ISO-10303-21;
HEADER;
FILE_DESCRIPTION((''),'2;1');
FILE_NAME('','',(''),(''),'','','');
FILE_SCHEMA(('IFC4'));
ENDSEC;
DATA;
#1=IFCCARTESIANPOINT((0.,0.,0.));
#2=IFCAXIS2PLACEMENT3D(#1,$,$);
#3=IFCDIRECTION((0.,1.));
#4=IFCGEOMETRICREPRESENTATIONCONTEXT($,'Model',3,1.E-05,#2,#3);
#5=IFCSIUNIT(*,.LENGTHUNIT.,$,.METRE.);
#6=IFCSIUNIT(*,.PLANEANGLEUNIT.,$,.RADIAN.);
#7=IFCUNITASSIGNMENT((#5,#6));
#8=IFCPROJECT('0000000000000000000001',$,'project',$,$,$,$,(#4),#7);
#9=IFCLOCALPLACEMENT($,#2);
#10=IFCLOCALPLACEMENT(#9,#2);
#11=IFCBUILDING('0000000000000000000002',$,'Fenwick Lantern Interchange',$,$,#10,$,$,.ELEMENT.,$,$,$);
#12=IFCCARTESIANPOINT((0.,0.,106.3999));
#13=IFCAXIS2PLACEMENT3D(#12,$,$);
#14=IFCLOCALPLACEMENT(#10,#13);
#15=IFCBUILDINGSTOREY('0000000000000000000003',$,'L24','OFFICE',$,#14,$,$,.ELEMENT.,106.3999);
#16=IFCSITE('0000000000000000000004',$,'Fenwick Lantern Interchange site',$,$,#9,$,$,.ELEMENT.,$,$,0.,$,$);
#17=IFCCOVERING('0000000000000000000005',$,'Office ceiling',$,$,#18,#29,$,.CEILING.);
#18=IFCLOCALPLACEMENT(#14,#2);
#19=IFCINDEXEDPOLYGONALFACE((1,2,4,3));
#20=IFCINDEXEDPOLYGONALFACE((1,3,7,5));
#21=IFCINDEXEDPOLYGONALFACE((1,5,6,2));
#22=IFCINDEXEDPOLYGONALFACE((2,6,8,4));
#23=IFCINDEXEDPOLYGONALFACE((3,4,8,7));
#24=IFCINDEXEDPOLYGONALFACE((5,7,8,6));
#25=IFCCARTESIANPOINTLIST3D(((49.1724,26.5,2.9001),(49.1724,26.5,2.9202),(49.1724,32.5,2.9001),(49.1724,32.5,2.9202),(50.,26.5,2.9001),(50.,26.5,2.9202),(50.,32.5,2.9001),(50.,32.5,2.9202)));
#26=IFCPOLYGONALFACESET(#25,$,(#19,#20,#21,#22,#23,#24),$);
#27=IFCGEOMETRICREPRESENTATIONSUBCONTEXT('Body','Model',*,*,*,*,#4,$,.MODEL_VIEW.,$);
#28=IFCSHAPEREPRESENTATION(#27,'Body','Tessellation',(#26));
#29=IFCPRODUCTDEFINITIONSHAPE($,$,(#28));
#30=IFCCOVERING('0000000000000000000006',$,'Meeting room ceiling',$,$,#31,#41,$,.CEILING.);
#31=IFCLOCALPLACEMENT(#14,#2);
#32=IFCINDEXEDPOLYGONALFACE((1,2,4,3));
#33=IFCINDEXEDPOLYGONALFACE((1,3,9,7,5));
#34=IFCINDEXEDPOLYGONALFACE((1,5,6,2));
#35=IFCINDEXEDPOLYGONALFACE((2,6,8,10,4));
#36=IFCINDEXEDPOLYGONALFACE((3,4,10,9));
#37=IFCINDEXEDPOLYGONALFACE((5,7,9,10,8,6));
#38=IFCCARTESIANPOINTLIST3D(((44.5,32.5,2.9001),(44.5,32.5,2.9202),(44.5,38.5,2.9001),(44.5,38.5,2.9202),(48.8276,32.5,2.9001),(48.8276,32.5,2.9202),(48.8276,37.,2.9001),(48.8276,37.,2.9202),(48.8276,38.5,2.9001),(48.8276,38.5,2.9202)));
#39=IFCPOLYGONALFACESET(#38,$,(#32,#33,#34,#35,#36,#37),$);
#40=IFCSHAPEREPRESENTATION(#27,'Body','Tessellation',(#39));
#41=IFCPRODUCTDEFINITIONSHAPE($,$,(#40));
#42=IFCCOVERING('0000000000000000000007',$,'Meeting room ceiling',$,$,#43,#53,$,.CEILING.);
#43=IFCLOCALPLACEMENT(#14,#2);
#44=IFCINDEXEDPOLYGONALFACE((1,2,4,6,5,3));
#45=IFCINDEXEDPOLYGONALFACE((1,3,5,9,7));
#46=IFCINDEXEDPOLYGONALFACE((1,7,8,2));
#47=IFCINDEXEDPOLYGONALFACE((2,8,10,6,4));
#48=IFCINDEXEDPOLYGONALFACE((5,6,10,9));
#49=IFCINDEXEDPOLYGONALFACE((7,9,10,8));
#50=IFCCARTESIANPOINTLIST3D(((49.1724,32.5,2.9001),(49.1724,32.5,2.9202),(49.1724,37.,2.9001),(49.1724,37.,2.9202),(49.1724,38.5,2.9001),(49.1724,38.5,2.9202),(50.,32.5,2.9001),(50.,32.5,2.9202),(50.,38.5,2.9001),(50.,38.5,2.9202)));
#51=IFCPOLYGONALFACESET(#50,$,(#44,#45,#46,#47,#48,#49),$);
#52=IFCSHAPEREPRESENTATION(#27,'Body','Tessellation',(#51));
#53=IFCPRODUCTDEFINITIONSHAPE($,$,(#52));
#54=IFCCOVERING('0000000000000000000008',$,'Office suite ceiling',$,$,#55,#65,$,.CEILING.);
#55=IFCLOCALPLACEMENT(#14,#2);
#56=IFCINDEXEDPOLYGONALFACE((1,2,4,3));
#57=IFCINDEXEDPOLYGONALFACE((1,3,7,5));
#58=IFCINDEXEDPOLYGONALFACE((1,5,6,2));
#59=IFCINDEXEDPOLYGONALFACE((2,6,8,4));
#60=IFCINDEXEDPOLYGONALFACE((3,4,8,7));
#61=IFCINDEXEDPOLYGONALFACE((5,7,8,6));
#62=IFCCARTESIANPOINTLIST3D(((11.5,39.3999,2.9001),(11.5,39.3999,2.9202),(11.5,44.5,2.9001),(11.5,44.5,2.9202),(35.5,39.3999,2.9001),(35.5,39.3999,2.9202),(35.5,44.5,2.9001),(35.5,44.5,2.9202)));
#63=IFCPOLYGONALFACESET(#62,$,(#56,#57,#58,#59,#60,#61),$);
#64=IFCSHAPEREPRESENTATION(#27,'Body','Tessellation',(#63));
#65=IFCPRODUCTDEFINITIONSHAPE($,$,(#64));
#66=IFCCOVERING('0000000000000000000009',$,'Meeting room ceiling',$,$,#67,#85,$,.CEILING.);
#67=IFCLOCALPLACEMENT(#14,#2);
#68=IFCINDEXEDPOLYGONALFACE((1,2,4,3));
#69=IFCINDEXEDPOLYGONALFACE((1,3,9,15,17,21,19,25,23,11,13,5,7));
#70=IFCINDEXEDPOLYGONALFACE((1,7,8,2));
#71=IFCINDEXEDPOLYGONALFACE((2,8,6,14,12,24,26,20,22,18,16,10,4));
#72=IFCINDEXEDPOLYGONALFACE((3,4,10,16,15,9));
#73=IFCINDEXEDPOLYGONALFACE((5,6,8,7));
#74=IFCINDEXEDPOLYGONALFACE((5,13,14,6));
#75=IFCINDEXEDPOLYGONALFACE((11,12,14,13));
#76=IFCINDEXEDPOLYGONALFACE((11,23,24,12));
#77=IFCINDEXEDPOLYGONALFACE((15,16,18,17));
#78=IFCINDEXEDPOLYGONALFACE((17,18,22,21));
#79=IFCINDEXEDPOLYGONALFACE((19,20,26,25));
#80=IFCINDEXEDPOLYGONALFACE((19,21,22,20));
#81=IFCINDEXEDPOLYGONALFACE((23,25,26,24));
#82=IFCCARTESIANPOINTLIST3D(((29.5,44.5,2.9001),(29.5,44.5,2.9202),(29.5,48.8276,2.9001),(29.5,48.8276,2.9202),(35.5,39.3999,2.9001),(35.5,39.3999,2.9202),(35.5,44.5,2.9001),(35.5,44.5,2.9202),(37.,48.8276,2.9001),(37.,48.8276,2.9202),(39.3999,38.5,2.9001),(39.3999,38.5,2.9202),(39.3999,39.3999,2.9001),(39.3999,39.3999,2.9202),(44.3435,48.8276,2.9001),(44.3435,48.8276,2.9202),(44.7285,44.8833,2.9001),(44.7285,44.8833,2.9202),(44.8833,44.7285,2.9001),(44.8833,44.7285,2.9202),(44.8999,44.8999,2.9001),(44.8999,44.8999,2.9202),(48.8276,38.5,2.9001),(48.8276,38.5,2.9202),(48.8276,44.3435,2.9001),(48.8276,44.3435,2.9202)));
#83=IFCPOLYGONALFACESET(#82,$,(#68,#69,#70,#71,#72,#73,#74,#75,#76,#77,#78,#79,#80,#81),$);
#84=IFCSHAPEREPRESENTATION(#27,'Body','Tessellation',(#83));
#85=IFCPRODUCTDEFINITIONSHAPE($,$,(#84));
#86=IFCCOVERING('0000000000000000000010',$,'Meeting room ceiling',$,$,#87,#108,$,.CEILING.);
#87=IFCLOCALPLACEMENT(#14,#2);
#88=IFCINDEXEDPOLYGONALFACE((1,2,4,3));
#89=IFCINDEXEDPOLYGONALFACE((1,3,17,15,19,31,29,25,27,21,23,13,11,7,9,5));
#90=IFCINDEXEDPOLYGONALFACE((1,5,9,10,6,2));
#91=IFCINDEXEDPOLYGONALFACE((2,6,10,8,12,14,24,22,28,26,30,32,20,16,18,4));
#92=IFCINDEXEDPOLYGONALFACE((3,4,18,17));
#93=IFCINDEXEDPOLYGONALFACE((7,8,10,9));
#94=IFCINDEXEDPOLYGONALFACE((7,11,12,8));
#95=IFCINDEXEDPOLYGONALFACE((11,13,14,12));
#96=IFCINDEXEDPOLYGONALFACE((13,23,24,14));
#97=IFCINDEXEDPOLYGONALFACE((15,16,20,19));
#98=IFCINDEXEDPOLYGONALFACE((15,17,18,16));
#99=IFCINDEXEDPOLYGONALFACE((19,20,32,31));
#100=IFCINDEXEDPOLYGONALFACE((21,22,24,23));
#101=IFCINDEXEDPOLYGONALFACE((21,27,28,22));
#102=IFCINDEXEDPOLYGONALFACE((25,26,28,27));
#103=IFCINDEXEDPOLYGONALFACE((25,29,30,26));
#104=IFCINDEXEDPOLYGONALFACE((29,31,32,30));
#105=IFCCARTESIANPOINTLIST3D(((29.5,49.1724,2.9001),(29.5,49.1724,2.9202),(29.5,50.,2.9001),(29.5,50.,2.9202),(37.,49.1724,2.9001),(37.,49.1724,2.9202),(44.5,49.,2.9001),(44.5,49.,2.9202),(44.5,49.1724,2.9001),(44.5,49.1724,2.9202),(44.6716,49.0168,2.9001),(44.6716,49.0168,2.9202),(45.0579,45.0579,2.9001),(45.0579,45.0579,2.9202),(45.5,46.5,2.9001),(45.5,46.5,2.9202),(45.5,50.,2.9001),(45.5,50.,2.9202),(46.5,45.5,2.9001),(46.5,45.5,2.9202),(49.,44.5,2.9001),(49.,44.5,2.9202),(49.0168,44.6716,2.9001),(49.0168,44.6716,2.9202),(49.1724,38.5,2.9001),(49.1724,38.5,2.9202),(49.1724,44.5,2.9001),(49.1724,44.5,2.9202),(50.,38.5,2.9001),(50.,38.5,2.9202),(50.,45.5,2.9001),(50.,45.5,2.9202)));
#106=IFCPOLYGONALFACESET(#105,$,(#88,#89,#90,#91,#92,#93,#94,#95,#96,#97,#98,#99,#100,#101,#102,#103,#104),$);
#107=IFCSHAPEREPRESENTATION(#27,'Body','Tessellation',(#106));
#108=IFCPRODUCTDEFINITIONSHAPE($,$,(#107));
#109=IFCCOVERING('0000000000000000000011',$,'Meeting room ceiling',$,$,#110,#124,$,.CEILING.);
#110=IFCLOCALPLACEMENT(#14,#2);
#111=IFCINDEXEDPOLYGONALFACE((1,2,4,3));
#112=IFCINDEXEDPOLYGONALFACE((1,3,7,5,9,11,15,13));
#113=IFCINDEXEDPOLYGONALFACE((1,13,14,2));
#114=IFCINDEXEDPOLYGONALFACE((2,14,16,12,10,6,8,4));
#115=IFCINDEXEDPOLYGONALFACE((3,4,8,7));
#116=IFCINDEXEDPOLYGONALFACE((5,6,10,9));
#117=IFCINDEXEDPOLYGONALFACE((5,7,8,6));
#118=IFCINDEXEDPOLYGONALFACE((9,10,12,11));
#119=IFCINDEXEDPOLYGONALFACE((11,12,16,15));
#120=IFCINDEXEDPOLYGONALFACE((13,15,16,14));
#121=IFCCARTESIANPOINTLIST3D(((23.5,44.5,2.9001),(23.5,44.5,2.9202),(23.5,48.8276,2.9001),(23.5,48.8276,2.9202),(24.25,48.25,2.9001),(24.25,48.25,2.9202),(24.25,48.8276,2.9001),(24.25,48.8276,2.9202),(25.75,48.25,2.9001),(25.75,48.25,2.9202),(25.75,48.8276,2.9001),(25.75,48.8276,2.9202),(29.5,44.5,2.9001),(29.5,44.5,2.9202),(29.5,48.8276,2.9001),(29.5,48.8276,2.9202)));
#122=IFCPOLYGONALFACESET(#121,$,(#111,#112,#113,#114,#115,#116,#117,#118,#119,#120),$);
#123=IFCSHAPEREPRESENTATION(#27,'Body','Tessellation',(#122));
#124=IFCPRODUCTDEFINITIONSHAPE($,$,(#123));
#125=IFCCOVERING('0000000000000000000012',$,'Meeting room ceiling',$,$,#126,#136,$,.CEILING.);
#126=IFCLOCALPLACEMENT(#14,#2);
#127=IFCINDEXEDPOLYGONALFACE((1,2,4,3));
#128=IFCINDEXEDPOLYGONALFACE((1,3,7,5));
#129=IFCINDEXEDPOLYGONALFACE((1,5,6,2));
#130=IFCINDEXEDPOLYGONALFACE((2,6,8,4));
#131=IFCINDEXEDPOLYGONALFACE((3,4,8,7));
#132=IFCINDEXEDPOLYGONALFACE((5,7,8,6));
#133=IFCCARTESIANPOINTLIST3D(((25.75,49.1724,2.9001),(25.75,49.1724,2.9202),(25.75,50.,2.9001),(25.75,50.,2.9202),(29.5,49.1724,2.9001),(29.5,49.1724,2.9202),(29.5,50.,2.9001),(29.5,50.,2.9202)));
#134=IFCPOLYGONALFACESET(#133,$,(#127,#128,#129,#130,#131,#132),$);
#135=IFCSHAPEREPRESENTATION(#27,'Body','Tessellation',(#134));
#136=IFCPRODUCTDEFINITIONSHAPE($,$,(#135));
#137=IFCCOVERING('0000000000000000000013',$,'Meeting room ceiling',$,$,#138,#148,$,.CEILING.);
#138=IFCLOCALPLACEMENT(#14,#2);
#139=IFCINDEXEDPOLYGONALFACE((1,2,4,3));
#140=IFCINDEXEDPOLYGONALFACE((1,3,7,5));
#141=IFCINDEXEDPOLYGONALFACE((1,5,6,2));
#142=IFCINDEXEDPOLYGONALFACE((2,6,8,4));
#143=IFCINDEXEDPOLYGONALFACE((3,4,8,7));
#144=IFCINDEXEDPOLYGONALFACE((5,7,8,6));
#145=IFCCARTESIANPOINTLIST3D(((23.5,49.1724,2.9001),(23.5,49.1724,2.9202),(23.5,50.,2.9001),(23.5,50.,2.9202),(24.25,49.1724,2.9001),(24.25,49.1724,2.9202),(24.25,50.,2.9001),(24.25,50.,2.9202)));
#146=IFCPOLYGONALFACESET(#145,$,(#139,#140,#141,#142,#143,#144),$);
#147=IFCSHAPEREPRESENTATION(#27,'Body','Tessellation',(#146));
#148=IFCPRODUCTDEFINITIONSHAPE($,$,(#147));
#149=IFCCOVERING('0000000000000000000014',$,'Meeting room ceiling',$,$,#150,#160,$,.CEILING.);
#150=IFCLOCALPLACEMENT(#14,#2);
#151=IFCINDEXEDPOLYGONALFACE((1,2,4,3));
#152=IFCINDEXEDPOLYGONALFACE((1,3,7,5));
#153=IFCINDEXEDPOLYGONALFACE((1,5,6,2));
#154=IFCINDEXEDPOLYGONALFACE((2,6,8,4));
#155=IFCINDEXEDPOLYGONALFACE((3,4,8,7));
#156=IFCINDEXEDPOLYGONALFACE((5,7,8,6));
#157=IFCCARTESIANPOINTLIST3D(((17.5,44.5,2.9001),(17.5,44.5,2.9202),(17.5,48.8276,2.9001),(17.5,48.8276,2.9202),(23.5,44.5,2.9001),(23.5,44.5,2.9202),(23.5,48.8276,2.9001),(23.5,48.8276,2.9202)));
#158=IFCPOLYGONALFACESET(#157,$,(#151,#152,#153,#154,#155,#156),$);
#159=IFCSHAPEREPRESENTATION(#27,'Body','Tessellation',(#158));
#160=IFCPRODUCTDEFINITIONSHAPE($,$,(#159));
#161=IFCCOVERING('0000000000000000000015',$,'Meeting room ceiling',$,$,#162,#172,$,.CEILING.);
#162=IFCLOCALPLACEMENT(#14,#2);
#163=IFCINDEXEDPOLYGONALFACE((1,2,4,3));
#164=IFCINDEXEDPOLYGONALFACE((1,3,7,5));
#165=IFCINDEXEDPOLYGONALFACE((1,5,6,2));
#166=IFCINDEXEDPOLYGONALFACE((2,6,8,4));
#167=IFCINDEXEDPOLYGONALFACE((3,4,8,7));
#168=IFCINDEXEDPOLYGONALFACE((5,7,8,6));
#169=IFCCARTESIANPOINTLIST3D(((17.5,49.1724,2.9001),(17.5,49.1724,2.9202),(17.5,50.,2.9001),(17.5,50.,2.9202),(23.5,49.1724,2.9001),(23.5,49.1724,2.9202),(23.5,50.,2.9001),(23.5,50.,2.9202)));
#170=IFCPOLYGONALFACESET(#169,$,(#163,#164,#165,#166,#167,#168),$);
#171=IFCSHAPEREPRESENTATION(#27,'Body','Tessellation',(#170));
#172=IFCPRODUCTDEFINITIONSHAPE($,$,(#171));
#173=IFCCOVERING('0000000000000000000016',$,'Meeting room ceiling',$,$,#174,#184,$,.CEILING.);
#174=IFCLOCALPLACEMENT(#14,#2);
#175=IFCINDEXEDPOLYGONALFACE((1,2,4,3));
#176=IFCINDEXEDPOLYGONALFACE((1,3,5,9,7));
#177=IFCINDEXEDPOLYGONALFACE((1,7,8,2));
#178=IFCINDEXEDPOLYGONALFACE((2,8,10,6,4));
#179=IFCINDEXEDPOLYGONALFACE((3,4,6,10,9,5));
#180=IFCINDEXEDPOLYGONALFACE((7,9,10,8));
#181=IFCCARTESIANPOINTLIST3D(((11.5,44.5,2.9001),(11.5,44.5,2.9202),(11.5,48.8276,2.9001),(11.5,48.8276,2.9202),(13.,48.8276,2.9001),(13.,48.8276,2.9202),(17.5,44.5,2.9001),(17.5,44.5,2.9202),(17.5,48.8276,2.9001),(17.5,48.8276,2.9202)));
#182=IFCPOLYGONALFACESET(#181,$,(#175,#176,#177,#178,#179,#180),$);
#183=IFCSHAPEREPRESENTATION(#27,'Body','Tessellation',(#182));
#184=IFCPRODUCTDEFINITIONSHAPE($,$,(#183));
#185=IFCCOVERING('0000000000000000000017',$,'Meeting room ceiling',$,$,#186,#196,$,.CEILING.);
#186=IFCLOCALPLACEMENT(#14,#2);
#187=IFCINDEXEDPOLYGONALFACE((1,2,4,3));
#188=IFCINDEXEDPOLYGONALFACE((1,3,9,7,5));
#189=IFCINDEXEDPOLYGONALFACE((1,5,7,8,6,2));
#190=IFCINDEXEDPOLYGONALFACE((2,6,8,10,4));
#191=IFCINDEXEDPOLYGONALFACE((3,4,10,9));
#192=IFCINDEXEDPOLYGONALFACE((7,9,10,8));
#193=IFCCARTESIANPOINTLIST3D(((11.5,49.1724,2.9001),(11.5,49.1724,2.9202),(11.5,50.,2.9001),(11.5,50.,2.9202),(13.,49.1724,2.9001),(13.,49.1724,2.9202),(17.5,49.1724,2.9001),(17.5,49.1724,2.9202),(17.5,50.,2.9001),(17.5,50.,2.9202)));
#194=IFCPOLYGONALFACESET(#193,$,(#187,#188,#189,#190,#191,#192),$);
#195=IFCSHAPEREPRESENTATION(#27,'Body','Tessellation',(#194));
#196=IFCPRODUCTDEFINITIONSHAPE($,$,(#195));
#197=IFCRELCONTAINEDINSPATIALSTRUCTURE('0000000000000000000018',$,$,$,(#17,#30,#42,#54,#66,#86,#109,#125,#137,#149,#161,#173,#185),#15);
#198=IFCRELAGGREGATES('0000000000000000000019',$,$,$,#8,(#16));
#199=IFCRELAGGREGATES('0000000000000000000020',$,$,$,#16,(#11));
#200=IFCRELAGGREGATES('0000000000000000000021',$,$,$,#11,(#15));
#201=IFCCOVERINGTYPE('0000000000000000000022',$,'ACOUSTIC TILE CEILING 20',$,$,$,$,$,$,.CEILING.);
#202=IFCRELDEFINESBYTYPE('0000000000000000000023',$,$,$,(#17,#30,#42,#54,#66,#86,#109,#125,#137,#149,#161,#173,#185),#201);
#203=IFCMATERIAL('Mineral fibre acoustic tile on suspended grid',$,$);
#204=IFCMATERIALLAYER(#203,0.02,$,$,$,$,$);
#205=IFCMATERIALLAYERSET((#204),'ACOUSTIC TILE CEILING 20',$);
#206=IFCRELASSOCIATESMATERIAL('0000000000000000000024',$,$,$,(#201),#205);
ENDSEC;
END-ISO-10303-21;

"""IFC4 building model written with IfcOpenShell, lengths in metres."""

from ifc_helpers import new_model, si_unit, direction, frame, origin, place, context, subcontext, project, spatial, polyline, outline, extrude, material, layer, layer_set, type_object, element, save


model = new_model("IFC4")

# Units and contexts
model_context = context("Model", 3, precision=1e-05, world=origin(), true_north=direction((0.0, 1.0)))
body_context = subcontext(model_context, "Body", "Model", "MODEL_VIEW")
ifc_project = project(units=[si_unit("LENGTHUNIT", "METRE"), si_unit("PLANEANGLEUNIT", "RADIAN")], contexts=[model_context])

# Site, building, storey
site_placement = place(None, origin())
site = spatial("IfcSite", under=ifc_project, at=site_placement, Name="Fenwick Lantern Interchange site", CompositionType="ELEMENT", RefElevation=0.0)
building_placement = place(site_placement, origin())
building = spatial("IfcBuilding", under=site, at=building_placement, Name="Fenwick Lantern Interchange", CompositionType="ELEMENT")
storey_placement = place(building_placement, frame((0.0, 0.0, 106.3999)))
storey = spatial("IfcBuildingStorey", under=building, at=storey_placement, Name="L24", Description="OFFICE", CompositionType="ELEMENT", Elevation=106.3999)

# Coverings
ifc_material = material(Name="Mineral fibre acoustic tile on suspended grid")
ifc_layer = layer(ifc_material, 0.02)
ifc_layer_set = layer_set([ifc_layer], Name="ACOUSTIC TILE CEILING 20")
covering_type = type_object("IfcCoveringType", Name="ACOUSTIC TILE CEILING 20", PredefinedType="CEILING", material=ifc_layer_set)
covering_1_placement = place(storey_placement, frame((0.0, 0.0, 2.9001)))
element("IfcCovering", 1, at=covering_1_placement, inside=storey, type_object=covering_type, Name="Office ceiling", PredefinedType="CEILING", context=body_context, shape_type="SweptSolid", body=[
    extrude(outline(polyline([(50.0, 32.5), (49.1724, 32.5), (49.1724, 26.5), (50.0, 26.5), (50.0, 32.5)])), origin(), (0.0, 0.0, 1.0), 0.02),
])
covering_2_placement = place(storey_placement, frame((0.0, 0.0, 2.9001)))
element("IfcCovering", 2, at=covering_2_placement, inside=storey, type_object=covering_type, Name="Meeting room ceiling", PredefinedType="CEILING", context=body_context, shape_type="SweptSolid", body=[
    extrude(outline(polyline([(44.5, 32.5), (48.8276, 32.5), (48.8276, 37.0), (48.8276, 38.5), (44.5, 38.5), (44.5, 32.5)])), origin(), (0.0, 0.0, 1.0), 0.02),
])
covering_3_placement = place(storey_placement, frame((0.0, 0.0, 2.9001)))
element("IfcCovering", 3, at=covering_3_placement, inside=storey, type_object=covering_type, Name="Meeting room ceiling", PredefinedType="CEILING", context=body_context, shape_type="SweptSolid", body=[
    extrude(outline(polyline([(50.0, 38.5), (49.1724, 38.5), (49.1724, 37.0), (49.1724, 32.5), (50.0, 32.5), (50.0, 38.5)])), origin(), (0.0, 0.0, 1.0), 0.02),
])
covering_4_placement = place(storey_placement, frame((0.0, 0.0, 2.9001)))
element("IfcCovering", 4, at=covering_4_placement, inside=storey, type_object=covering_type, Name="Office suite ceiling", PredefinedType="CEILING", context=body_context, shape_type="SweptSolid", body=[
    extrude(outline(polyline([(35.5, 39.3999), (35.5, 44.5), (11.5, 44.5), (11.5, 39.3999), (35.5, 39.3999)])), origin(), (0.0, 0.0, 1.0), 0.02),
])
covering_5_placement = place(storey_placement, frame((0.0, 0.0, 2.9001)))
element("IfcCovering", 5, at=covering_5_placement, inside=storey, type_object=covering_type, Name="Meeting room ceiling", PredefinedType="CEILING", context=body_context, shape_type="SweptSolid", body=[
    extrude(outline(polyline([(29.5, 48.8276), (29.5, 44.5), (35.5, 44.5), (35.5, 39.3999), (39.3999, 39.3999), (39.3999, 38.5), (48.8276, 38.5), (48.8276, 44.3435), (44.8833, 44.7285), (44.8999, 44.8999), (44.7285, 44.8833), (44.3435, 48.8276), (37.0, 48.8276), (29.5, 48.8276)])), origin(), (0.0, 0.0, 1.0), 0.02),
])
covering_6_placement = place(storey_placement, frame((0.0, 0.0, 2.9001)))
element("IfcCovering", 6, at=covering_6_placement, inside=storey, type_object=covering_type, Name="Meeting room ceiling", PredefinedType="CEILING", context=body_context, shape_type="SweptSolid", body=[
    extrude(outline(polyline([(29.5, 50.0), (29.5, 49.1724), (37.0, 49.1724), (44.5, 49.1724), (44.5, 49.0), (44.6716, 49.0168), (45.0579, 45.0579), (49.0168, 44.6716), (49.0, 44.5), (49.1724, 44.5), (49.1724, 38.5), (50.0, 38.5), (50.0, 45.5), (46.5, 45.5), (45.5, 46.5), (45.5, 50.0), (29.5, 50.0)])), origin(), (0.0, 0.0, 1.0), 0.02),
])
covering_7_placement = place(storey_placement, frame((0.0, 0.0, 2.9001)))
element("IfcCovering", 7, at=covering_7_placement, inside=storey, type_object=covering_type, Name="Meeting room ceiling", PredefinedType="CEILING", context=body_context, shape_type="SweptSolid", body=[
    extrude(outline(polyline([(29.5, 44.5), (29.5, 48.8276), (25.75, 48.8276), (25.75, 48.25), (24.25, 48.25), (24.25, 48.8276), (23.5, 48.8276), (23.5, 44.5), (29.5, 44.5)])), origin(), (0.0, 0.0, 1.0), 0.02),
])
covering_8_placement = place(storey_placement, frame((0.0, 0.0, 2.9001)))
element("IfcCovering", 8, at=covering_8_placement, inside=storey, type_object=covering_type, Name="Meeting room ceiling", PredefinedType="CEILING", context=body_context, shape_type="SweptSolid", body=[
    extrude(outline(polyline([(29.5, 49.1724), (29.5, 50.0), (25.75, 50.0), (25.75, 49.1724), (29.5, 49.1724)])), origin(), (0.0, 0.0, 1.0), 0.02),
])
covering_9_placement = place(storey_placement, frame((0.0, 0.0, 2.9001)))
element("IfcCovering", 9, at=covering_9_placement, inside=storey, type_object=covering_type, Name="Meeting room ceiling", PredefinedType="CEILING", context=body_context, shape_type="SweptSolid", body=[
    extrude(outline(polyline([(23.5, 50.0), (23.5, 49.1724), (24.25, 49.1724), (24.25, 50.0), (23.5, 50.0)])), origin(), (0.0, 0.0, 1.0), 0.02),
])
covering_10_placement = place(storey_placement, frame((0.0, 0.0, 2.9001)))
element("IfcCovering", 10, at=covering_10_placement, inside=storey, type_object=covering_type, Name="Meeting room ceiling", PredefinedType="CEILING", context=body_context, shape_type="SweptSolid", body=[
    extrude(outline(polyline([(23.5, 44.5), (23.5, 48.8276), (17.5, 48.8276), (17.5, 44.5), (23.5, 44.5)])), origin(), (0.0, 0.0, 1.0), 0.02),
])
covering_11_placement = place(storey_placement, frame((0.0, 0.0, 2.9001)))
element("IfcCovering", 11, at=covering_11_placement, inside=storey, type_object=covering_type, Name="Meeting room ceiling", PredefinedType="CEILING", context=body_context, shape_type="SweptSolid", body=[
    extrude(outline(polyline([(17.5, 50.0), (17.5, 49.1724), (23.5, 49.1724), (23.5, 50.0), (17.5, 50.0)])), origin(), (0.0, 0.0, 1.0), 0.02),
])
covering_12_placement = place(storey_placement, frame((0.0, 0.0, 2.9001)))
element("IfcCovering", 12, at=covering_12_placement, inside=storey, type_object=covering_type, Name="Meeting room ceiling", PredefinedType="CEILING", context=body_context, shape_type="SweptSolid", body=[
    extrude(outline(polyline([(17.5, 44.5), (17.5, 48.8276), (13.0, 48.8276), (11.5, 48.8276), (11.5, 44.5), (17.5, 44.5)])), origin(), (0.0, 0.0, 1.0), 0.02),
])
covering_13_placement = place(storey_placement, frame((0.0, 0.0, 2.9001)))
element("IfcCovering", 13, at=covering_13_placement, inside=storey, type_object=covering_type, Name="Meeting room ceiling", PredefinedType="CEILING", context=body_context, shape_type="SweptSolid", body=[
    extrude(outline(polyline([(11.5, 50.0), (11.5, 49.1724), (13.0, 49.1724), (17.5, 49.1724), (17.5, 50.0), (11.5, 50.0)])), origin(), (0.0, 0.0, 1.0), 0.02),
])

save(model, "model.ifc")
